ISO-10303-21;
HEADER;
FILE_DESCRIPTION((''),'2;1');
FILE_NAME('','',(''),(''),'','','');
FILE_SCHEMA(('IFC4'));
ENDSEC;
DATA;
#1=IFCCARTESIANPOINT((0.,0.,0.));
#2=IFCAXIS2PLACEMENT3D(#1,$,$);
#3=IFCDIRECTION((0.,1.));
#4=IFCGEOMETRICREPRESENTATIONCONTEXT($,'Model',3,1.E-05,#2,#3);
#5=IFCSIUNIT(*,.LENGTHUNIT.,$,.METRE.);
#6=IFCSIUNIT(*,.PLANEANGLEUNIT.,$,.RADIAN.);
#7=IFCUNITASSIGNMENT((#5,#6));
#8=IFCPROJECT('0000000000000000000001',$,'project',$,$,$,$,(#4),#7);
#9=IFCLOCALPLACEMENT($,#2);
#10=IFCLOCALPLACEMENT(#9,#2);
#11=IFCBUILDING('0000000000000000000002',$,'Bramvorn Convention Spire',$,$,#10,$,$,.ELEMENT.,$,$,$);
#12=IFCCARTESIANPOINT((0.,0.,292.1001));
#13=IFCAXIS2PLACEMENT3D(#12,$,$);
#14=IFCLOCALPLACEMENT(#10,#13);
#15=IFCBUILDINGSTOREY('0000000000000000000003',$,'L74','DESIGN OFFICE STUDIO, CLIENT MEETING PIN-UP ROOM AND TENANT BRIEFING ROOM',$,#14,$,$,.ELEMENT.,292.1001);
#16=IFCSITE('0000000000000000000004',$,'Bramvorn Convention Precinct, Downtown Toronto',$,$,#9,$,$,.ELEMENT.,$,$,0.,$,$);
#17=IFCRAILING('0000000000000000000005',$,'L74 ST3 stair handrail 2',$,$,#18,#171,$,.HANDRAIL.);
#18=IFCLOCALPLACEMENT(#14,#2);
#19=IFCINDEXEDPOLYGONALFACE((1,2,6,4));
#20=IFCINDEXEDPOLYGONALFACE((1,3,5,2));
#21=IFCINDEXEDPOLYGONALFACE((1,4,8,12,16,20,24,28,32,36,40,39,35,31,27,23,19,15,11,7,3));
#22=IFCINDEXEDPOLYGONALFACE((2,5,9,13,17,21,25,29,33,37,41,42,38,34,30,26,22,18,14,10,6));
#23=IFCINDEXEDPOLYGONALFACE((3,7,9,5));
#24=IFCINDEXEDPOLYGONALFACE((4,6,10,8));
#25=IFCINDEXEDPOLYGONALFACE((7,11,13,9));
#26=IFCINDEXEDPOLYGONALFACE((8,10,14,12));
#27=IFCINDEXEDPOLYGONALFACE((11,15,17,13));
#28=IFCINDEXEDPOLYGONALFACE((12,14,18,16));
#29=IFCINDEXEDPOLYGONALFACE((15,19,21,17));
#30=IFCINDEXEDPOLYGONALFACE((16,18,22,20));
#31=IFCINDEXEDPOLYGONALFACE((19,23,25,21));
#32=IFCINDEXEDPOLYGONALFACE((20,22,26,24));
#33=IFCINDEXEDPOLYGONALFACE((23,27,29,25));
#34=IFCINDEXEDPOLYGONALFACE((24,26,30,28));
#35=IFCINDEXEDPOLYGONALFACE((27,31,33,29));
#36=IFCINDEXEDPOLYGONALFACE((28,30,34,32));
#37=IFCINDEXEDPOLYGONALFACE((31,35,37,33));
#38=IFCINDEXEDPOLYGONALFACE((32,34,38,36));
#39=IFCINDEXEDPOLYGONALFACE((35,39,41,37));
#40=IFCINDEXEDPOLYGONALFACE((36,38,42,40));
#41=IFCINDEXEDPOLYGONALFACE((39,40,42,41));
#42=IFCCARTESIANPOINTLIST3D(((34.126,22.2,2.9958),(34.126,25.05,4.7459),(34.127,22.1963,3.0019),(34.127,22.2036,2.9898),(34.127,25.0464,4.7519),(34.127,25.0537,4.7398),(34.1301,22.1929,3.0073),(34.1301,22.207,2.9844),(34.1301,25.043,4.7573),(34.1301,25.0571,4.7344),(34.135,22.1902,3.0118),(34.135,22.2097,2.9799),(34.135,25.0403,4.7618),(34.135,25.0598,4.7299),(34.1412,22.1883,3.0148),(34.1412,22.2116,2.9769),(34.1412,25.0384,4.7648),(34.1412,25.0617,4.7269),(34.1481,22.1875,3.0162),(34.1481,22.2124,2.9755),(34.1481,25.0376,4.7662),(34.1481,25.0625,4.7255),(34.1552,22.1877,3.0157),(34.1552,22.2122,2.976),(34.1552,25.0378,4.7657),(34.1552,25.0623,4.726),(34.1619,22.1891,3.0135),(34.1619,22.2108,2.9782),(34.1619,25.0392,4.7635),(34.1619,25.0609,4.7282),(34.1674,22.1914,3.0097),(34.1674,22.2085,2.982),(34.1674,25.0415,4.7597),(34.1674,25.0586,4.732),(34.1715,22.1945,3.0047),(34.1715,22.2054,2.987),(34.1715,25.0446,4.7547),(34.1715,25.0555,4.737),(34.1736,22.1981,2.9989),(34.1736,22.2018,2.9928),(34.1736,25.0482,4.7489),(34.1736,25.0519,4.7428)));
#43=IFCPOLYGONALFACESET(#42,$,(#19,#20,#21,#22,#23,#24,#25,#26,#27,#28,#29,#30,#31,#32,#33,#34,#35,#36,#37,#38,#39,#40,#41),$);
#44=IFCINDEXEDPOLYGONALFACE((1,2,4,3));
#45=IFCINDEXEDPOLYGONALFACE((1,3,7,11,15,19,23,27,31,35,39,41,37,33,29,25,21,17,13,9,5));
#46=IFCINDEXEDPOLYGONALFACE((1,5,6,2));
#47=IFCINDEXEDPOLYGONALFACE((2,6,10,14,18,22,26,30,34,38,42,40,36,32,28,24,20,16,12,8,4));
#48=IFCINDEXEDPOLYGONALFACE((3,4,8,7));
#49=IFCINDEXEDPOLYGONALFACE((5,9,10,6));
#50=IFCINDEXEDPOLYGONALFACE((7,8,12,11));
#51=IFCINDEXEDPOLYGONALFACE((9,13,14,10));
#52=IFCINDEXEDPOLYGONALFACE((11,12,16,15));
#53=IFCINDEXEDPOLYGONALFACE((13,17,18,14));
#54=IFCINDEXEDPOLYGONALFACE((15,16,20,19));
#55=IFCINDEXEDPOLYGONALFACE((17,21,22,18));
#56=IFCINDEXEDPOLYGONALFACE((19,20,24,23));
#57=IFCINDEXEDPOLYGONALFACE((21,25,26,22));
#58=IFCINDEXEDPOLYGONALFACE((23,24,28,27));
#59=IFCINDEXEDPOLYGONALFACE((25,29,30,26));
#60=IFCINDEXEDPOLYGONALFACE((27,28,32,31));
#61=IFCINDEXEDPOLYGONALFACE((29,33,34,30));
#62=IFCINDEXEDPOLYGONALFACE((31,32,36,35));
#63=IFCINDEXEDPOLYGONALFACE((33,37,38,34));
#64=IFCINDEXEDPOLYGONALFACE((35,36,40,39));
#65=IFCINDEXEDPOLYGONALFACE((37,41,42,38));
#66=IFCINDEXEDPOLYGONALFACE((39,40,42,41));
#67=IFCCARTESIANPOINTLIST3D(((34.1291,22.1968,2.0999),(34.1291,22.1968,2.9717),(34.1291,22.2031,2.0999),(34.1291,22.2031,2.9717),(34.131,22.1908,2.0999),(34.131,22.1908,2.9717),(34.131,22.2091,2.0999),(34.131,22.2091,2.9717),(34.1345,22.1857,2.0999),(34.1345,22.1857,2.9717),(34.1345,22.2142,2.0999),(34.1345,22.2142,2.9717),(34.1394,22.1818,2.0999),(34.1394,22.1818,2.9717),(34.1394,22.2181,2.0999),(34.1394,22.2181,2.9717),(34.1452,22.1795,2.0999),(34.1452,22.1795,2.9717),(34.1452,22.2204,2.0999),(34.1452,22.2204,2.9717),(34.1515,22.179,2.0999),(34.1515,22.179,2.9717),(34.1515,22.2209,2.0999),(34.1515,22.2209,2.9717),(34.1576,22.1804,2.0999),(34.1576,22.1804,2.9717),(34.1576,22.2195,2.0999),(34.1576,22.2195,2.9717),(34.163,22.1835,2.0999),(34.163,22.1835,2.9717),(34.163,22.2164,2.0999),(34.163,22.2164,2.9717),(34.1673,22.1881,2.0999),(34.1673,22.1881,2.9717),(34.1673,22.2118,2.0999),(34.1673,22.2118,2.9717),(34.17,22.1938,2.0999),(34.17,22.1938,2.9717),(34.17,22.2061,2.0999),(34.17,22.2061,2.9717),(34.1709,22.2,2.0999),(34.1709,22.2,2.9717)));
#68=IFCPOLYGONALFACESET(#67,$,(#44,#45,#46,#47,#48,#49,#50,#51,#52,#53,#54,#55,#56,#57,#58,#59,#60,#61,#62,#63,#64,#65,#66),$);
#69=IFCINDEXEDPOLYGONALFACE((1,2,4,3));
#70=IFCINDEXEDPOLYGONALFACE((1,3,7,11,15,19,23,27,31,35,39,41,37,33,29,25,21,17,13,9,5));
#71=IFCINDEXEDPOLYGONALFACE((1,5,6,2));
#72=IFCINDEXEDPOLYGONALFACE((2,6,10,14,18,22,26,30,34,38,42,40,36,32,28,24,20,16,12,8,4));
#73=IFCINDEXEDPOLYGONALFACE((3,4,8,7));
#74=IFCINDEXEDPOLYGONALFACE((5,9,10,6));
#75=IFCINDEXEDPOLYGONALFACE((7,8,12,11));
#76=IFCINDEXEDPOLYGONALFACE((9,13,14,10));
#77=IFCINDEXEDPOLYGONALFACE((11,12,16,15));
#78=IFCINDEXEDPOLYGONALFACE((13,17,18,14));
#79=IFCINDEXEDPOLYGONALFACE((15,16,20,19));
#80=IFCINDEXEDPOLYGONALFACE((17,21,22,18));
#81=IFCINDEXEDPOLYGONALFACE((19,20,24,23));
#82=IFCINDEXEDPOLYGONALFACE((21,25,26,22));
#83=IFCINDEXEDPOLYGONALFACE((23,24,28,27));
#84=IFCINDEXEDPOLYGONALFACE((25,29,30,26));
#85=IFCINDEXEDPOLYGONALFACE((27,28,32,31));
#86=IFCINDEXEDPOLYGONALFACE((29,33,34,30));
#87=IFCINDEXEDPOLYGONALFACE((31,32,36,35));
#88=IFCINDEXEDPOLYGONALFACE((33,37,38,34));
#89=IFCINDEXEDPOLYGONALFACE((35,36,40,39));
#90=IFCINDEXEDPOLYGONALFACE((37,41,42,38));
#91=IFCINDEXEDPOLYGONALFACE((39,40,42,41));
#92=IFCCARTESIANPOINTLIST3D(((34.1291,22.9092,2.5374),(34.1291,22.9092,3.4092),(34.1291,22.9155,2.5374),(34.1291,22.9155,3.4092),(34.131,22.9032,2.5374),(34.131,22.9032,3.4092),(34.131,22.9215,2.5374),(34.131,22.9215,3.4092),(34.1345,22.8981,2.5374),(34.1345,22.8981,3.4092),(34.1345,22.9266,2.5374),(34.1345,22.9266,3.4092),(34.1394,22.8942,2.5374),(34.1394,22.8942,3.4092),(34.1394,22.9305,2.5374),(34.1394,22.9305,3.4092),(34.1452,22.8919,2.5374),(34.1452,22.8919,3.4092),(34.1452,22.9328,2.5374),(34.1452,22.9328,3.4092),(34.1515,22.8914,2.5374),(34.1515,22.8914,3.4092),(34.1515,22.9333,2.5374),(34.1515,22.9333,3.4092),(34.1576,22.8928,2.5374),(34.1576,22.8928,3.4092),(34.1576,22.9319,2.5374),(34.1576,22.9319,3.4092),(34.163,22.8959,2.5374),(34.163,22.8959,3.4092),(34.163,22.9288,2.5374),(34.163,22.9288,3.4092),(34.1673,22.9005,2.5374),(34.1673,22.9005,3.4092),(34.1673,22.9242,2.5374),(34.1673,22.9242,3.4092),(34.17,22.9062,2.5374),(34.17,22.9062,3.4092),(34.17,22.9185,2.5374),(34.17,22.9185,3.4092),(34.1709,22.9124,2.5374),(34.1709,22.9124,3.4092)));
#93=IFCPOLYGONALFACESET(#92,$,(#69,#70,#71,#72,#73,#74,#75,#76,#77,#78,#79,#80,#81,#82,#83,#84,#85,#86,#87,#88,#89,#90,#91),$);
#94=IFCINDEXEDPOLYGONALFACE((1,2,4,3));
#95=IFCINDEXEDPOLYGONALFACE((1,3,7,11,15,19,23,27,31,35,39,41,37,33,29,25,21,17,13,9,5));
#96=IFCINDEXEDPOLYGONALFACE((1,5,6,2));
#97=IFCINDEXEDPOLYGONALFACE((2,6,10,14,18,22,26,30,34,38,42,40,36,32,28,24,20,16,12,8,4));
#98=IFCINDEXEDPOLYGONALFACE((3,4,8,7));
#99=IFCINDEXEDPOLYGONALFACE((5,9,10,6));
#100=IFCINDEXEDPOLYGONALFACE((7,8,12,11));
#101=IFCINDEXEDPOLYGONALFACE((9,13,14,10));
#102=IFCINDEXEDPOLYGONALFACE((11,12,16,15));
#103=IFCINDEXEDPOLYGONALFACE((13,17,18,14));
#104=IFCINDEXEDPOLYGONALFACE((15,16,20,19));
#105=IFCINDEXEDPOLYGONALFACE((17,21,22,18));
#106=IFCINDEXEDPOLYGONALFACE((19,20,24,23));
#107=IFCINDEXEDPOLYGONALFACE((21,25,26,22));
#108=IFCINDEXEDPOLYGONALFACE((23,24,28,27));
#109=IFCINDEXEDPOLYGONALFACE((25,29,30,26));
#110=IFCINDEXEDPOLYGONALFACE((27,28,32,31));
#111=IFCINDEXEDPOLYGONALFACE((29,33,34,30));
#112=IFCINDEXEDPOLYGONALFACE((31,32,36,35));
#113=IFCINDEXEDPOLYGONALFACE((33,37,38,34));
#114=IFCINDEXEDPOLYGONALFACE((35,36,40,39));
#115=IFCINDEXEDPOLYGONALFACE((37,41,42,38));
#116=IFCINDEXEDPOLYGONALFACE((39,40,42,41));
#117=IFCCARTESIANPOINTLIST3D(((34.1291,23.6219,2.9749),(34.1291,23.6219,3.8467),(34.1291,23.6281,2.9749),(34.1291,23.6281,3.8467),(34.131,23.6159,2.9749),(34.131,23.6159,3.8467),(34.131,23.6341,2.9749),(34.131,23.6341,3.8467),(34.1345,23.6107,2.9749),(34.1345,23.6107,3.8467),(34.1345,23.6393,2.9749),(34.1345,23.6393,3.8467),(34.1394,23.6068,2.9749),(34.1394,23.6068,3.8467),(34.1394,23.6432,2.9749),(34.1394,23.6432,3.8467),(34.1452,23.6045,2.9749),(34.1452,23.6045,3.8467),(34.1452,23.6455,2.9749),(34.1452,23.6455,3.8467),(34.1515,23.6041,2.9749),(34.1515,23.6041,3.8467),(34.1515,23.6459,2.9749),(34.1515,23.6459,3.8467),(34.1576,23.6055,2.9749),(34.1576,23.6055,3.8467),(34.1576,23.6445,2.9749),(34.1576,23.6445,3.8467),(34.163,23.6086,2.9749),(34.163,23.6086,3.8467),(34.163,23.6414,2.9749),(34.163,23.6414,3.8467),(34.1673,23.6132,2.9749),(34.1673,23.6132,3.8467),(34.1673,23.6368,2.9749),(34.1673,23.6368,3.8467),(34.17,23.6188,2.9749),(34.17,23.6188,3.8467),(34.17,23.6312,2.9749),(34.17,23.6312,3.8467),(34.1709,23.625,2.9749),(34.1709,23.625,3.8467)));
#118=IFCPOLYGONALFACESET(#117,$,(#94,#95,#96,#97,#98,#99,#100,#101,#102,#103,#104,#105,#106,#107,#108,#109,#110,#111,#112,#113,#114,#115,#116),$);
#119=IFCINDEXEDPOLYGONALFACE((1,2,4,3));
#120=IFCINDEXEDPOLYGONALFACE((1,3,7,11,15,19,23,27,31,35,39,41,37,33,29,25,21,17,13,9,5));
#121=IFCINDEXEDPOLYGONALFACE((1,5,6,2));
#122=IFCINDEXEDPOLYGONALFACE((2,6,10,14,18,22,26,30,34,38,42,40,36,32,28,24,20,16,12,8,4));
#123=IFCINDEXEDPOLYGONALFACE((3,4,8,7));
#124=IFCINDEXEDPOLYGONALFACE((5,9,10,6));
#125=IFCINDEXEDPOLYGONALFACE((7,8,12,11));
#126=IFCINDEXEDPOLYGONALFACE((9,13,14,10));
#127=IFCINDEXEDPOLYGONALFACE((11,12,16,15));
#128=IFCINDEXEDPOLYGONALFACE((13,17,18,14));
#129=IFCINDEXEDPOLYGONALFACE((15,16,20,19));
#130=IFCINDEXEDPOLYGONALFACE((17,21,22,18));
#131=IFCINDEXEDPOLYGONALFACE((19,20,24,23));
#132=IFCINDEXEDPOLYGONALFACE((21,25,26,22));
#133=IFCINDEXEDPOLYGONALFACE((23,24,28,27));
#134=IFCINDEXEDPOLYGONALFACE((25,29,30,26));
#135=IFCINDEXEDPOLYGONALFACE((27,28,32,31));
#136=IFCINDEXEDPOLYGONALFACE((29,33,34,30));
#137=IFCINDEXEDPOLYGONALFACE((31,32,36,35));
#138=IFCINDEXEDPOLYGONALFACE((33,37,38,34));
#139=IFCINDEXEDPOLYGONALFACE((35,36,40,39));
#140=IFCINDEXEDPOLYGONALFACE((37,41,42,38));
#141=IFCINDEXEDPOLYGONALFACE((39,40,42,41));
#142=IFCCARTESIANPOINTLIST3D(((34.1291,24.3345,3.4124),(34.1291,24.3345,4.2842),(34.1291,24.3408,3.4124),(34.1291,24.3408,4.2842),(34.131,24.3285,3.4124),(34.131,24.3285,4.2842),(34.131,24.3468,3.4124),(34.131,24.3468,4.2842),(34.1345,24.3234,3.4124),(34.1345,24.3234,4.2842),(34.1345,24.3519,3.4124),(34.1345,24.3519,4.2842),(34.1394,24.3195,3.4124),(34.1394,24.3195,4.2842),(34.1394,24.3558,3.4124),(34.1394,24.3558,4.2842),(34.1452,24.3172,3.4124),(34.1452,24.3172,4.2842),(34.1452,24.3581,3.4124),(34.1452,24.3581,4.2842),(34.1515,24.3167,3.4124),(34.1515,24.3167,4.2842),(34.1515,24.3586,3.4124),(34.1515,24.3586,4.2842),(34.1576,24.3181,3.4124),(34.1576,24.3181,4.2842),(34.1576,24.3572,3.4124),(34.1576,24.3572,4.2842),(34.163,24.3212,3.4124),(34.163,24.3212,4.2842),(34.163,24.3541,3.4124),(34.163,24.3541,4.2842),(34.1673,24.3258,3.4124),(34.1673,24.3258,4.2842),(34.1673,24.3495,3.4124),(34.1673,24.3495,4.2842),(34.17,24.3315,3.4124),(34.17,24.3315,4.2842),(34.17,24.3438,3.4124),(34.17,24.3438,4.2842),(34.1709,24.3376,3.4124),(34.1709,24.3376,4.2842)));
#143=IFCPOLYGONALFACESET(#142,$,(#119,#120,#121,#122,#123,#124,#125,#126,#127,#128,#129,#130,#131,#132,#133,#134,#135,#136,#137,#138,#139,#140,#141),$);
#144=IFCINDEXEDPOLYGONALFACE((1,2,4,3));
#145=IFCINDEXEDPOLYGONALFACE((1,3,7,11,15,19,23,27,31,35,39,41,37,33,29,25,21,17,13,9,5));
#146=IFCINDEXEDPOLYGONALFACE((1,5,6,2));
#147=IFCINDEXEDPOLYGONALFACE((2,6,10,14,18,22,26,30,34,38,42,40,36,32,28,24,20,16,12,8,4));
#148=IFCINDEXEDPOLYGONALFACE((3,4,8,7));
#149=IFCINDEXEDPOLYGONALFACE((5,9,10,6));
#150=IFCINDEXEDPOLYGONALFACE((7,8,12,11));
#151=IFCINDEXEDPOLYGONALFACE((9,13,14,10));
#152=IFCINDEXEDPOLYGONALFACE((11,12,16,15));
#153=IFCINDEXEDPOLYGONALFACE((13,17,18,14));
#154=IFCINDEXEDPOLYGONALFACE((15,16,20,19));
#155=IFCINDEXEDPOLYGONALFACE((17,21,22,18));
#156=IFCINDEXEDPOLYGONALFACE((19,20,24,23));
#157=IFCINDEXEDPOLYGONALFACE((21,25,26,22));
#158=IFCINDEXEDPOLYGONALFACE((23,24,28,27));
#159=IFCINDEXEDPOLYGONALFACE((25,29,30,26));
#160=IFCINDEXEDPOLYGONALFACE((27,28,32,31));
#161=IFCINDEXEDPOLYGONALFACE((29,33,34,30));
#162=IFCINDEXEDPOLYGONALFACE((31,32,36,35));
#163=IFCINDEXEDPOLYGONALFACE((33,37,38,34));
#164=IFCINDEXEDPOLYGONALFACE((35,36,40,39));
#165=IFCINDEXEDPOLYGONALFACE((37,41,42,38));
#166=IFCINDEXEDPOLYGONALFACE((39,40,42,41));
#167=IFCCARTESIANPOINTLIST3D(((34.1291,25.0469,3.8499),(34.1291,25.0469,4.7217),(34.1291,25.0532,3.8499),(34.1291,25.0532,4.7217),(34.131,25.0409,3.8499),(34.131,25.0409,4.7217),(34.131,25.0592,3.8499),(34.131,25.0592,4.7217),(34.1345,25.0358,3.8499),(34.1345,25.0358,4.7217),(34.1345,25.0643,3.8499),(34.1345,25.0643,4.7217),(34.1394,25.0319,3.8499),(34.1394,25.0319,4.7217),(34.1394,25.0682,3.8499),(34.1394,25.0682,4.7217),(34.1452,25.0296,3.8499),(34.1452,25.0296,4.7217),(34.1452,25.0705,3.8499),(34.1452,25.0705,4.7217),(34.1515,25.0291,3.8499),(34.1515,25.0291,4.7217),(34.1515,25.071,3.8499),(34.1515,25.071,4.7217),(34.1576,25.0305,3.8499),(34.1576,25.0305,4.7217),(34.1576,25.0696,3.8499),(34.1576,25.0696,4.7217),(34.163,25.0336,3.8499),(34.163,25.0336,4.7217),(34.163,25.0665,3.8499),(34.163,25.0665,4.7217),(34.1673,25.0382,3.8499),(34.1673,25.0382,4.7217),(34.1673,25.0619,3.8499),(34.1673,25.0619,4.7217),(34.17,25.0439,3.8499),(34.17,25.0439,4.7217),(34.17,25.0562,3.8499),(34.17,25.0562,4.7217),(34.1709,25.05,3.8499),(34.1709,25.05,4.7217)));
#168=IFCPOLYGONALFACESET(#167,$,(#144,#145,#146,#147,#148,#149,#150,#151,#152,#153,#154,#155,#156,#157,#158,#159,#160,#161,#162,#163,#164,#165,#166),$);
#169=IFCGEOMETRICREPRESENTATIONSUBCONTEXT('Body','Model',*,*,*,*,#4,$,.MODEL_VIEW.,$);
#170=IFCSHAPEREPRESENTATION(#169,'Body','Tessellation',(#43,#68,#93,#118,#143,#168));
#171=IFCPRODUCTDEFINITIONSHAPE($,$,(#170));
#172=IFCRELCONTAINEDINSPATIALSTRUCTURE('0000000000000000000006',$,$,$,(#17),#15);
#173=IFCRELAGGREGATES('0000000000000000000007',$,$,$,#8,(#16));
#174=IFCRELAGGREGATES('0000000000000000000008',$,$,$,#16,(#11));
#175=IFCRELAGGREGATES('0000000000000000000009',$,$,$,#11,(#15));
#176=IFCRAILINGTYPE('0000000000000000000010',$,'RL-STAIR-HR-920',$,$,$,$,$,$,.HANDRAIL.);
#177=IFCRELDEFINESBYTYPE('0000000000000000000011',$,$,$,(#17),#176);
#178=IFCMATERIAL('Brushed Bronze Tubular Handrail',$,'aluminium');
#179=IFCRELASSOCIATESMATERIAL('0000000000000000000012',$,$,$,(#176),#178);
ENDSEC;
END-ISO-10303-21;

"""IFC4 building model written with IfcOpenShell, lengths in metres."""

from ifc_helpers import new_model, si_unit, direction, frame, origin, origin_2d, place, context, subcontext, project, spatial, circle, extrude, material, type_object, element, save


model = new_model("IFC4")

# Units and contexts
model_context = context("Model", 3, precision=1e-05, world=origin(), true_north=direction((0.0, 1.0)))
body_context = subcontext(model_context, "Body", "Model", "MODEL_VIEW")
ifc_project = project(units=[si_unit("LENGTHUNIT", "METRE"), si_unit("PLANEANGLEUNIT", "RADIAN")], contexts=[model_context])

# Site, building, storey
site_placement = place(None, origin())
site = spatial("IfcSite", under=ifc_project, at=site_placement, Name="Bramvorn Convention Precinct, Downtown Toronto", CompositionType="ELEMENT", RefElevation=0.0)
building_placement = place(site_placement, origin())
building = spatial("IfcBuilding", under=site, at=building_placement, Name="Bramvorn Convention Spire", CompositionType="ELEMENT")
storey_placement = place(building_placement, frame((0.0, 0.0, 292.1001)))
storey = spatial("IfcBuildingStorey", under=building, at=storey_placement, Name="L74", Description="DESIGN OFFICE STUDIO, CLIENT MEETING PIN-UP ROOM AND TENANT BRIEFING ROOM", CompositionType="ELEMENT", Elevation=292.1001)

# Railing
ifc_material_1 = material(Name="Brushed Bronze Tubular Handrail", Category="aluminium")
railing_type_1 = type_object("IfcRailingType", Name="RL-STAIR-HR-920", PredefinedType="HANDRAIL", material=ifc_material_1)
railing_1_placement = place(storey_placement, frame((34.1499, 22.2, 2.0999)))
element("IfcRailing", 1, at=railing_1_placement, inside=storey, type_object=railing_type_1, Name="L74 ST3 stair handrail 2", PredefinedType="HANDRAIL", context=body_context, shape_type="SweptSolid", body=[
    extrude(circle(Radius=0.0239, at=origin_2d()), frame((0.0, 0.0, 0.896), z_axis=(0.0, 0.852179, 0.52325), x_axis=(-1.0, 0.0, 0.0)), (0.0, 0.0, 1.0), 3.3445),
    extrude(circle(Radius=0.021, at=origin_2d()), origin(), (0.0, 0.0, 1.0), 0.8718),
    extrude(circle(Radius=0.021, at=origin_2d()), frame((0.0, 0.7124, 0.4375)), (0.0, 0.0, 1.0), 0.8718),
    extrude(circle(Radius=0.021, at=origin_2d()), frame((0.0, 1.425, 0.875)), (0.0, 0.0, 1.0), 0.8718),
    extrude(circle(Radius=0.021, at=origin_2d()), frame((0.0, 2.1377, 1.3125)), (0.0, 0.0, 1.0), 0.8718),
    extrude(circle(Radius=0.021, at=origin_2d()), frame((0.0, 2.8501, 1.75)), (0.0, 0.0, 1.0), 0.8718),
])

save(model, "model.ifc")
